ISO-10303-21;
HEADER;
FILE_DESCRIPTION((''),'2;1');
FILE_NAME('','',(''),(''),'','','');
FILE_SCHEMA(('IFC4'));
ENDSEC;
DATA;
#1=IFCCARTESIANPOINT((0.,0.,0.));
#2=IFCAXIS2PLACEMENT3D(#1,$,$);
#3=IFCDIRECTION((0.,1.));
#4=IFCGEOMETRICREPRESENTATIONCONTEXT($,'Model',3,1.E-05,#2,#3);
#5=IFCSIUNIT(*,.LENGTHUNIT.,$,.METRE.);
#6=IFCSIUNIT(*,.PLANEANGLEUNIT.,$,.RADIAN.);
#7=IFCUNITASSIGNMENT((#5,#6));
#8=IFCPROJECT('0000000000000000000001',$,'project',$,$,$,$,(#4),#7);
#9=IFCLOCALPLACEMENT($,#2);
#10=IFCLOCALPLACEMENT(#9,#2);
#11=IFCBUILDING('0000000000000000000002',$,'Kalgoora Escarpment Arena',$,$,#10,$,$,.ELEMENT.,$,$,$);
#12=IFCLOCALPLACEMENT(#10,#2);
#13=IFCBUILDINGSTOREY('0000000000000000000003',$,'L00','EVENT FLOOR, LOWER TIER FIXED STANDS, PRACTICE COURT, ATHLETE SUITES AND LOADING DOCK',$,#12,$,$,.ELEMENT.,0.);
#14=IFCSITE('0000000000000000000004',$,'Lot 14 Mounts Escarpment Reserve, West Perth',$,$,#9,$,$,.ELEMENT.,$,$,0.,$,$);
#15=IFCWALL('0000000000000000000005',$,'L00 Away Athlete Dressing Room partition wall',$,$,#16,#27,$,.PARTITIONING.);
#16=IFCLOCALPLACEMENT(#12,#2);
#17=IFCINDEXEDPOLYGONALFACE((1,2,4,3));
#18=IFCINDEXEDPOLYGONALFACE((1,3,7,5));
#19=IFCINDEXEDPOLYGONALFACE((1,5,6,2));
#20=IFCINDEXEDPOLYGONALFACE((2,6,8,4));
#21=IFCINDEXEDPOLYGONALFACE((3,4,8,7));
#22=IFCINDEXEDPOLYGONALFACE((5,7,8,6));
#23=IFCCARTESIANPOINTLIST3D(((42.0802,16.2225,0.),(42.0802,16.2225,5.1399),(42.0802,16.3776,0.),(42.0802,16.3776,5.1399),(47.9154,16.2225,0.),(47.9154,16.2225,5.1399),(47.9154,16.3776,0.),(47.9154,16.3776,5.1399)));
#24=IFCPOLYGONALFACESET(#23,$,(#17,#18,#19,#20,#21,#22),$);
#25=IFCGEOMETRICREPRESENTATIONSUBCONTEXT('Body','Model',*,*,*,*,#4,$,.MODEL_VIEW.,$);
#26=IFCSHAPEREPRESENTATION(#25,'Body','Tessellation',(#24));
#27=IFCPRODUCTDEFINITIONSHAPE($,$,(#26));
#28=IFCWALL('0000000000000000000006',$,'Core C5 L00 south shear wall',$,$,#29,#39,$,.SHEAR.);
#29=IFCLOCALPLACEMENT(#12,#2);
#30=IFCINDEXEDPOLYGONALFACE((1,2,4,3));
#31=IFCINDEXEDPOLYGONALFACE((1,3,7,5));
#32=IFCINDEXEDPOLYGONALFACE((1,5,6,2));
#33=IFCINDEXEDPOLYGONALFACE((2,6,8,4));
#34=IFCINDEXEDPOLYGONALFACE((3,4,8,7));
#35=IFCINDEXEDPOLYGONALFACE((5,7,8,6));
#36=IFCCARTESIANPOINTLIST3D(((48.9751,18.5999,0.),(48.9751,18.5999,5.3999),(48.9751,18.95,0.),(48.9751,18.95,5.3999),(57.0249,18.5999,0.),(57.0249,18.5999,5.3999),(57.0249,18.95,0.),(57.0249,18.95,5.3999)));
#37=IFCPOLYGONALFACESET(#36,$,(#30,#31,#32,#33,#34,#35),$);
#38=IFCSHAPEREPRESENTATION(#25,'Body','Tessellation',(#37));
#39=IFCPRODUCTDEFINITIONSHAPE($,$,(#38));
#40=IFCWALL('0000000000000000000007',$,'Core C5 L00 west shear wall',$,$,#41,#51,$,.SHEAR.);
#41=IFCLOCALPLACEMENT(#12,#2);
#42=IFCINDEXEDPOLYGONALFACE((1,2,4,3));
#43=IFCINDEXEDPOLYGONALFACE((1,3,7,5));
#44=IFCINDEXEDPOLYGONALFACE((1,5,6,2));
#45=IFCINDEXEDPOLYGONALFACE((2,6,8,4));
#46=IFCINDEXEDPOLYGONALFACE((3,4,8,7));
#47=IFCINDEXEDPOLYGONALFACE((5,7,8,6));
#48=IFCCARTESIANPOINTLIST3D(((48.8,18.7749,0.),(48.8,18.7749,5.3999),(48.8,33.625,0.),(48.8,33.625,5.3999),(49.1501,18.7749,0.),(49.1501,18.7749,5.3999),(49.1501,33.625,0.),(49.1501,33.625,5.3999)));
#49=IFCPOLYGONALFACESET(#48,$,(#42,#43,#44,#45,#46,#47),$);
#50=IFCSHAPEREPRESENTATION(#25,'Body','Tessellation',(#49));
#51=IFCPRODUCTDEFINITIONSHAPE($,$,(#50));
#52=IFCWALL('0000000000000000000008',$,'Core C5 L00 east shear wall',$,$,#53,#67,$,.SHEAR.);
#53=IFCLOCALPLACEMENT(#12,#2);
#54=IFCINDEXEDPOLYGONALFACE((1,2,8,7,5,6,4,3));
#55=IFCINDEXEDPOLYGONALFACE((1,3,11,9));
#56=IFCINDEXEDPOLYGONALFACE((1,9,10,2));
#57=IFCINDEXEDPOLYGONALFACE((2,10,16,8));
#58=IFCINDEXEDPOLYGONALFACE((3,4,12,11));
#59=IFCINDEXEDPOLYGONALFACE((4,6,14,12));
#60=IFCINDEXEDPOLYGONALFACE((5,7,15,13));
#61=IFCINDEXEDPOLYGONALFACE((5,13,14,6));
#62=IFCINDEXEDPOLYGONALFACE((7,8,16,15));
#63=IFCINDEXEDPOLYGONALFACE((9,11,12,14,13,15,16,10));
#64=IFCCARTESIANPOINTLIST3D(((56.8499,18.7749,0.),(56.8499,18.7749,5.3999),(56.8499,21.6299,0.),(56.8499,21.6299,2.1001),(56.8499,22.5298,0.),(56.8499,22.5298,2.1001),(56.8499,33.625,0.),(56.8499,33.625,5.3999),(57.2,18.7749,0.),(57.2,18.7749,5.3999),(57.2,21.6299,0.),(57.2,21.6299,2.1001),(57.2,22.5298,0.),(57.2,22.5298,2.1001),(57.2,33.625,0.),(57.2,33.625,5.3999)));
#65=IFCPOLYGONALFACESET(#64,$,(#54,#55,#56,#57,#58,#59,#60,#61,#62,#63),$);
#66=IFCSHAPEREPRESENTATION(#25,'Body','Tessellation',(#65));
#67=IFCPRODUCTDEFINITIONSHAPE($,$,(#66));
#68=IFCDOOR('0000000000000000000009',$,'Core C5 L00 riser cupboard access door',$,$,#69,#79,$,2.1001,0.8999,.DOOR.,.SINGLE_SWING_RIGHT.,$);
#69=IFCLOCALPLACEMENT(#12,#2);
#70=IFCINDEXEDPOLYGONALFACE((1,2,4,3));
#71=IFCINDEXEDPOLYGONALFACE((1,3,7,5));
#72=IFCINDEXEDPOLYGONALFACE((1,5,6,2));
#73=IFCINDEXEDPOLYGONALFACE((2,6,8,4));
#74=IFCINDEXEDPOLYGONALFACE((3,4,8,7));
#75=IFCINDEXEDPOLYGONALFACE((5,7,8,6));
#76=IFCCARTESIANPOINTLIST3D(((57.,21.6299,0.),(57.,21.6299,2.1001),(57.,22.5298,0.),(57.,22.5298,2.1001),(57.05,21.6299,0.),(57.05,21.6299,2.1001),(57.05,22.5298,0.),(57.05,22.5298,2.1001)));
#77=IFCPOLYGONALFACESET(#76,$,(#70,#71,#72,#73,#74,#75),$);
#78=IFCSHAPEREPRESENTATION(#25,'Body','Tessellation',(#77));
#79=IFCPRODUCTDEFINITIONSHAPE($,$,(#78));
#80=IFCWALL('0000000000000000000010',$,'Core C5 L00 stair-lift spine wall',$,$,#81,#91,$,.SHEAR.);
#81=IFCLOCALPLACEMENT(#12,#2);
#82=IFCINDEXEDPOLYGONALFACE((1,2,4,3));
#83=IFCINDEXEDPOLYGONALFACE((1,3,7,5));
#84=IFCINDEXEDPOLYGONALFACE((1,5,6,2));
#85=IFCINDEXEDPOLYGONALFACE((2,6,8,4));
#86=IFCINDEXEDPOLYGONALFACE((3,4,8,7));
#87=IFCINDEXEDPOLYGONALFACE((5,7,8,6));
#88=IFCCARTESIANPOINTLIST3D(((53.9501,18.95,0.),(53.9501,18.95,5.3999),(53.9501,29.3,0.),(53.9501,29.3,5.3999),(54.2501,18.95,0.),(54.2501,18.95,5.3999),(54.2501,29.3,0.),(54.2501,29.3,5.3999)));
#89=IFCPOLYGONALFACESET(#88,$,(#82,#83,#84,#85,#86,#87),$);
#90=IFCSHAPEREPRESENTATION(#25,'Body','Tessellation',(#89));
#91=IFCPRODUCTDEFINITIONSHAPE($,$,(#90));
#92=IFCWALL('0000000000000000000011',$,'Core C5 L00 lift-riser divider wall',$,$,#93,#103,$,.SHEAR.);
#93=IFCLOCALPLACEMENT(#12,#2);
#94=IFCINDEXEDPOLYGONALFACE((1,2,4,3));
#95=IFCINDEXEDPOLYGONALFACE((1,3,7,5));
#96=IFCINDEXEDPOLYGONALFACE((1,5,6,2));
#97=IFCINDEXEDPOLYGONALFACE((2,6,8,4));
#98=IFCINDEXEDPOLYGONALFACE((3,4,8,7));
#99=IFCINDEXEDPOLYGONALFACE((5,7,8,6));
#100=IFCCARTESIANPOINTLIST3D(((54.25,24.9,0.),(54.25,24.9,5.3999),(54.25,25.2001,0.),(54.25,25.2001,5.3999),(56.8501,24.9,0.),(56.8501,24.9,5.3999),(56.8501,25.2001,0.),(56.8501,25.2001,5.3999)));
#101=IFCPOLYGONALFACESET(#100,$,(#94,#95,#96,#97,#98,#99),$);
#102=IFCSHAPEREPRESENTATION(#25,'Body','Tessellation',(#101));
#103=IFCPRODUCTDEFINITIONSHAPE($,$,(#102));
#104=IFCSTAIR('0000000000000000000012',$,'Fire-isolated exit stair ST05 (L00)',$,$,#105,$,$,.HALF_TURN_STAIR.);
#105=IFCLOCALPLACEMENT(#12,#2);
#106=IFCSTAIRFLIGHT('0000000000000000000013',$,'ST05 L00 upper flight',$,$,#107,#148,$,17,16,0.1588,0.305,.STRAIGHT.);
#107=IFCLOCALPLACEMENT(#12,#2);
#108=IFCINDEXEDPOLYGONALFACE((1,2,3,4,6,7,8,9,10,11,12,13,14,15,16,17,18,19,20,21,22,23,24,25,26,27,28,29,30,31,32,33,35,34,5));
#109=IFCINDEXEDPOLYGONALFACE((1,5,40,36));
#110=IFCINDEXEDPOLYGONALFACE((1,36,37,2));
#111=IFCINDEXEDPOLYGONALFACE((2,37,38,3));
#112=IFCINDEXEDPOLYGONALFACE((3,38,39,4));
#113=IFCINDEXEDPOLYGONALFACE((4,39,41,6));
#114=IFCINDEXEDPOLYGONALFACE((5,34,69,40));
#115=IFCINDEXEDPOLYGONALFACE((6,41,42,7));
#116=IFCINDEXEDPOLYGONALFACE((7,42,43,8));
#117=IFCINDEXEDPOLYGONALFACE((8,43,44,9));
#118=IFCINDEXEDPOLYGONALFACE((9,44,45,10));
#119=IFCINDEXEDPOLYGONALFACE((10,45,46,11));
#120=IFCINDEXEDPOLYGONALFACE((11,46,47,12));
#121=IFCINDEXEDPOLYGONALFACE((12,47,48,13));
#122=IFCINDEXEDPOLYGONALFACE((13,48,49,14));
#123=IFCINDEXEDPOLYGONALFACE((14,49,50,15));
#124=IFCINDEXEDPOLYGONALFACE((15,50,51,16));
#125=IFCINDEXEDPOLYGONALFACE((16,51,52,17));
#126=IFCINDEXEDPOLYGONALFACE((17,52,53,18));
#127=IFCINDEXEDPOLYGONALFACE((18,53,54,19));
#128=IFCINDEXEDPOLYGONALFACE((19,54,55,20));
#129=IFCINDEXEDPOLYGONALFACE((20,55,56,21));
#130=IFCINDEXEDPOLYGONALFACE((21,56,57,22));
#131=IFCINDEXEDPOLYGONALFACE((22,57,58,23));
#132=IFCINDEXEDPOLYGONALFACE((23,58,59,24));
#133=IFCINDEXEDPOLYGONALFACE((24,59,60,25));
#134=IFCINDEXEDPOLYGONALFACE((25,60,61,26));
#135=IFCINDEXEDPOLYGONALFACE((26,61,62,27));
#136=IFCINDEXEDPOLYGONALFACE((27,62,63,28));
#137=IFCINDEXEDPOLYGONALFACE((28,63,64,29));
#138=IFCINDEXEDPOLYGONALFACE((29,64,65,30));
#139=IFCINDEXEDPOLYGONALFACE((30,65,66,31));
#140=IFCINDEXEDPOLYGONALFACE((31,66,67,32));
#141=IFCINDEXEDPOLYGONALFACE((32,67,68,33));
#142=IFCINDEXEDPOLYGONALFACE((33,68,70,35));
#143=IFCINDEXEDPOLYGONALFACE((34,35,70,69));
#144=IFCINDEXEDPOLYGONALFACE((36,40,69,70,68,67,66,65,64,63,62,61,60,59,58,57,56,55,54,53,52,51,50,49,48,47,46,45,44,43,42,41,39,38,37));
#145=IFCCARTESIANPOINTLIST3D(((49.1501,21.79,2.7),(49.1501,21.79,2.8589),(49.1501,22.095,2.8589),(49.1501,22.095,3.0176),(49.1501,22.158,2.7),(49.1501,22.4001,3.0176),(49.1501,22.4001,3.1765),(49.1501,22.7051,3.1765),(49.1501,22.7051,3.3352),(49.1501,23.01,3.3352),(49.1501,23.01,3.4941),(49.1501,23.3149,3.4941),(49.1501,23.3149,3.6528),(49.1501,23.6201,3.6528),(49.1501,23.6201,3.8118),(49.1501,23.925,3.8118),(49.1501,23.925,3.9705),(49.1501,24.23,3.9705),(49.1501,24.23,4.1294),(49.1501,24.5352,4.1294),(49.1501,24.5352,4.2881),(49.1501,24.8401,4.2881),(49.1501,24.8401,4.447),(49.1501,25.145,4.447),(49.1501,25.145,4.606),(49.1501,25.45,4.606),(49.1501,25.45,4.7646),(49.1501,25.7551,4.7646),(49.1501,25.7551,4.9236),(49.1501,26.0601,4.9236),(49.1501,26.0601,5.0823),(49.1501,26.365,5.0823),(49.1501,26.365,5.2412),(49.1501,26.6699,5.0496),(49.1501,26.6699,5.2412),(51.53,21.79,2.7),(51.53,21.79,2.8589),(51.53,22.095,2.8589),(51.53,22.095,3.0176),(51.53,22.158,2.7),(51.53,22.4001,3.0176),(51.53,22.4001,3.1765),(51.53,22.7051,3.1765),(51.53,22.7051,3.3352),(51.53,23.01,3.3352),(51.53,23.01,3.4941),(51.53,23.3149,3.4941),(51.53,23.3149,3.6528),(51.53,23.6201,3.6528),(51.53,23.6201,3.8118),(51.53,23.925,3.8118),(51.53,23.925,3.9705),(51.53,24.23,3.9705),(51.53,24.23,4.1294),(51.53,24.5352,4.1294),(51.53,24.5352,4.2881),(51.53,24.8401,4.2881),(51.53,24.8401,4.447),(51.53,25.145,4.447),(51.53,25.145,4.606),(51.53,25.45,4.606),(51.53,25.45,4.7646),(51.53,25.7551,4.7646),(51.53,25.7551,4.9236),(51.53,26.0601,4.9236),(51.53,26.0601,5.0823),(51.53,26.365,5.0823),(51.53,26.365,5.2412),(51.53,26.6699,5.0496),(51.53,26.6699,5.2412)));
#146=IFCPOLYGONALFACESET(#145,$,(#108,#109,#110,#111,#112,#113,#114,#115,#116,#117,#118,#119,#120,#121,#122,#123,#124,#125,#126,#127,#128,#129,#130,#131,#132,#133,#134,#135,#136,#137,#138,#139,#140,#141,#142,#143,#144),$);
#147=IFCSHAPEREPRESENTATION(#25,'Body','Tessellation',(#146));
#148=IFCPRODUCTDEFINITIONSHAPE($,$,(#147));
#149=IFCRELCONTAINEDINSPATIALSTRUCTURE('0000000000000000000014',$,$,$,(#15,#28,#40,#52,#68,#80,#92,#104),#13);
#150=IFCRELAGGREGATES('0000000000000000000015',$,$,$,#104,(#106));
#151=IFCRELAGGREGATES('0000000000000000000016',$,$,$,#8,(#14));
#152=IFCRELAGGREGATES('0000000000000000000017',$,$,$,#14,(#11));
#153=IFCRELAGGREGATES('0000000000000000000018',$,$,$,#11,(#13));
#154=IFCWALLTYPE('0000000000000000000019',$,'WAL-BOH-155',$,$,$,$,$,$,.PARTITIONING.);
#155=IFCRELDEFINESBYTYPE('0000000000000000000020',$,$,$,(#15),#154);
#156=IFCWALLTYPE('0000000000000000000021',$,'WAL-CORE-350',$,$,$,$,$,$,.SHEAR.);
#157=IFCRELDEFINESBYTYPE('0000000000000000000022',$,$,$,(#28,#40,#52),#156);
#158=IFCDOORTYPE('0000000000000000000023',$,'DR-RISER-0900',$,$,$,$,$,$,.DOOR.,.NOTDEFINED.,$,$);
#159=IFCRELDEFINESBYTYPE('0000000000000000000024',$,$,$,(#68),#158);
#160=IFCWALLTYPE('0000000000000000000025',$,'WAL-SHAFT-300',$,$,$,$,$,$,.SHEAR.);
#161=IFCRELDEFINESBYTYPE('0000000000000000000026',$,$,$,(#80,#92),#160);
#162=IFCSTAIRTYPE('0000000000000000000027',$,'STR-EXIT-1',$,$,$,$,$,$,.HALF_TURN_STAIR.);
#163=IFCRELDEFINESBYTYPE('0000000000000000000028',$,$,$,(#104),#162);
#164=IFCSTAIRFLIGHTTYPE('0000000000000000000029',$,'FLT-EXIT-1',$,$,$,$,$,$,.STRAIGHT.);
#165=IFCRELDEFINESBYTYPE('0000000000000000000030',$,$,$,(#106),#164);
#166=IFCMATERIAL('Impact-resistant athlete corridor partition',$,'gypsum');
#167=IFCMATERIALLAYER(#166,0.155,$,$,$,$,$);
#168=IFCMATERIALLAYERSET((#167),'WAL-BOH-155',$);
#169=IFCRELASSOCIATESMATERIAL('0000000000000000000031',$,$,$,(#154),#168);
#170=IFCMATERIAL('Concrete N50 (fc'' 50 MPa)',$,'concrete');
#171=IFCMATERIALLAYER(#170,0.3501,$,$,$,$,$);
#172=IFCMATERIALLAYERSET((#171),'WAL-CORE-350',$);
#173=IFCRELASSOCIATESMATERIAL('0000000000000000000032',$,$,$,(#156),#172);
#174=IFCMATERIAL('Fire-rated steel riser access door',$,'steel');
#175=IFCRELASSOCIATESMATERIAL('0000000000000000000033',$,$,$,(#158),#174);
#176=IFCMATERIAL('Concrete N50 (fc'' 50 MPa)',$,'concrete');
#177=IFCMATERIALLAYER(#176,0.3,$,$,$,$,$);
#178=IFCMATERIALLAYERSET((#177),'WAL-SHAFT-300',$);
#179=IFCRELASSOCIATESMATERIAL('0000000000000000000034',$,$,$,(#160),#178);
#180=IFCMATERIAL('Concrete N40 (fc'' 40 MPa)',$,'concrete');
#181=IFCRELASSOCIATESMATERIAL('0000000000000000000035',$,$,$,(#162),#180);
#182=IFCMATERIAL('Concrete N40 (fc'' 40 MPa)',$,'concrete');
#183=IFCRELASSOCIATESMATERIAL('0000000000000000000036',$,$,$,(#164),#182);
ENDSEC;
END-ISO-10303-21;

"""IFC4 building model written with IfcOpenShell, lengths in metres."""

from ifc_helpers import new_model, si_unit, direction, frame, frame_2d, origin, place, context, subcontext, project, spatial, polyline, rectangle, outline, extrude, material, layer, layer_set, type_object, element, fill, aggregate, save


model = new_model("IFC4")

# Units and contexts
model_context = context("Model", 3, precision=1e-05, world=origin(), true_north=direction((0.0, 1.0)))
body_context = subcontext(model_context, "Body", "Model", "MODEL_VIEW")
ifc_project = project(units=[si_unit("LENGTHUNIT", "METRE"), si_unit("PLANEANGLEUNIT", "RADIAN")], contexts=[model_context])

# Site, building, storey
site_placement = place(None, origin())
site = spatial("IfcSite", under=ifc_project, at=site_placement, Name="Lot 14 Mounts Escarpment Reserve, West Perth", CompositionType="ELEMENT", RefElevation=0.0)
building_placement = place(site_placement, origin())
building = spatial("IfcBuilding", under=site, at=building_placement, Name="Kalgoora Escarpment Arena", CompositionType="ELEMENT")
storey_placement = place(building_placement, origin())
storey = spatial("IfcBuildingStorey", under=building, at=storey_placement, Name="L00", Description="EVENT FLOOR, LOWER TIER FIXED STANDS, PRACTICE COURT, ATHLETE SUITES AND LOADING DOCK", CompositionType="ELEMENT", Elevation=0.0)

# Walls
ifc_material_1 = material(Name="Impact-resistant athlete corridor partition", Category="gypsum")
ifc_layer_1 = layer(ifc_material_1, 0.155)
ifc_layer_set_1 = layer_set([ifc_layer_1], Name="WAL-BOH-155")
wall_type_1 = type_object("IfcWallType", Name="WAL-BOH-155", PredefinedType="PARTITIONING", material=ifc_layer_set_1)
wall_1_placement = place(storey_placement, frame((47.9153, 16.3, 0.0), z_axis=(0.0, 0.0, 1.0), x_axis=(-1.0, 0.0, 0.0)))
element("IfcWall", 1, at=wall_1_placement, inside=storey, type_object=wall_type_1, Name="L00 Away Athlete Dressing Room partition wall", PredefinedType="PARTITIONING", context=body_context, shape_type="SweptSolid", body=[
    extrude(rectangle(XDim=5.8352, YDim=0.155, at=frame_2d((2.9175, 0.0))), origin(), (0.0, 0.0, 1.0), 5.1399),
])
ifc_material_2 = material(Name="Concrete N50 (fc' 50 MPa)", Category="concrete")
ifc_layer_2 = layer(ifc_material_2, 0.3501)
ifc_layer_set_2 = layer_set([ifc_layer_2], Name="WAL-CORE-350")
wall_type_2 = type_object("IfcWallType", Name="WAL-CORE-350", PredefinedType="SHEAR", material=ifc_layer_set_2)
wall_2_placement = place(storey_placement, frame((48.9751, 18.7749, 0.0), z_axis=(0.0, 0.0, 1.0), x_axis=(1.0, 0.0, 0.0)))
element("IfcWall", 2, at=wall_2_placement, inside=storey, type_object=wall_type_2, Name="Core C5 L00 south shear wall", PredefinedType="SHEAR", context=body_context, shape_type="SweptSolid", body=[
    extrude(rectangle(XDim=8.0498, YDim=0.3501, at=frame_2d((4.0249, 0.0))), origin(), (0.0, 0.0, 1.0), 5.3999),
])
wall_3_placement = place(storey_placement, frame((48.9751, 18.7749, 0.0), z_axis=(0.0, 0.0, 1.0), x_axis=(0.0, 1.0, 0.0)))
element("IfcWall", 3, at=wall_3_placement, inside=storey, type_object=wall_type_2, Name="Core C5 L00 west shear wall", PredefinedType="SHEAR", context=body_context, shape_type="SweptSolid", body=[
    extrude(rectangle(XDim=14.8501, YDim=0.3501, at=frame_2d((7.425, 0.0))), origin(), (0.0, 0.0, 1.0), 5.3999),
])

# Wall, opening, door
wall_4_placement = place(storey_placement, frame((57.0249, 18.7749, 0.0), z_axis=(0.0, 0.0, 1.0), x_axis=(0.0, 1.0, 0.0)))
wall_4 = element("IfcWall", 4, at=wall_4_placement, inside=storey, type_object=wall_type_2, Name="Core C5 L00 east shear wall", PredefinedType="SHEAR", context=body_context, shape_type="SweptSolid", body=[
    extrude(rectangle(XDim=14.8501, YDim=0.3501, at=frame_2d((7.425, 0.0))), origin(), (0.0, 0.0, 1.0), 5.3999),
])
opening_placement = place(wall_4_placement, frame((2.855, 0.0, 0.0)))
opening = element("IfcOpeningElement", 5, at=opening_placement, cuts=wall_4, PredefinedType="OPENING", context=body_context, shape_type="SweptSolid", body=[
    extrude(rectangle(XDim=0.8999, YDim=2.1001, at=frame_2d((0.45, 1.05))), frame((0.0, 0.1851, 0.0), z_axis=(0.0, -1.0, 0.0), x_axis=(1.0, 0.0, 0.0)), (0.0, 0.0, 1.0), 0.3701),
])
ifc_material_3 = material(Name="Fire-rated steel riser access door", Category="steel")
door_type = type_object("IfcDoorType", Name="DR-RISER-0900", OperationType="NOTDEFINED", PredefinedType="DOOR", material=ifc_material_3)
door_placement = place(opening_placement, origin())
door = element("IfcDoor", 6, at=door_placement, inside=storey, type_object=door_type, Name="Core C5 L00 riser cupboard access door", OperationType="SINGLE_SWING_RIGHT", OverallHeight=2.1001, OverallWidth=0.8999, PredefinedType="DOOR", context=body_context, shape_type="SweptSolid", body=[
    extrude(rectangle(XDim=0.8999, YDim=2.1001, at=frame_2d((0.45, 1.05))), frame((0.0, 0.0249, 0.0), z_axis=(0.0, -1.0, 0.0), x_axis=(1.0, 0.0, 0.0)), (0.0, 0.0, 1.0), 0.05),
])
fill(opening, door)

# Walls
ifc_material_4 = material(Name="Concrete N50 (fc' 50 MPa)", Category="concrete")
ifc_layer_3 = layer(ifc_material_4, 0.3)
ifc_layer_set_3 = layer_set([ifc_layer_3], Name="WAL-SHAFT-300")
wall_type_3 = type_object("IfcWallType", Name="WAL-SHAFT-300", PredefinedType="SHEAR", material=ifc_layer_set_3)
wall_5_placement = place(storey_placement, frame((54.1001, 18.95, 0.0), z_axis=(0.0, 0.0, 1.0), x_axis=(0.0, 1.0, 0.0)))
element("IfcWall", 7, at=wall_5_placement, inside=storey, type_object=wall_type_3, Name="Core C5 L00 stair-lift spine wall", PredefinedType="SHEAR", context=body_context, shape_type="SweptSolid", body=[
    extrude(rectangle(XDim=10.3501, YDim=0.3, at=frame_2d((5.175, 0.0))), origin(), (0.0, 0.0, 1.0), 5.3999),
])
wall_6_placement = place(storey_placement, frame((54.25, 25.05, 0.0), z_axis=(0.0, 0.0, 1.0), x_axis=(1.0, 0.0, 0.0)))
element("IfcWall", 8, at=wall_6_placement, inside=storey, type_object=wall_type_3, Name="Core C5 L00 lift-riser divider wall", PredefinedType="SHEAR", context=body_context, shape_type="SweptSolid", body=[
    extrude(rectangle(XDim=2.6001, YDim=0.3, at=frame_2d((1.3, 0.0))), origin(), (0.0, 0.0, 1.0), 5.3999),
])

# Stair, stair flight
ifc_material_5 = material(Name="Concrete N40 (fc' 40 MPa)", Category="concrete")
stair_type = type_object("IfcStairType", Name="STR-EXIT-1", PredefinedType="HALF_TURN_STAIR", material=ifc_material_5)
stair_placement = place(storey_placement, origin())
stair = element("IfcStair", 9, at=stair_placement, inside=storey, type_object=stair_type, Name="Fire-isolated exit stair ST05 (L00)", PredefinedType="HALF_TURN_STAIR")
ifc_material_6 = material(Name="Concrete N40 (fc' 40 MPa)", Category="concrete")
stair_flight_type = type_object("IfcStairFlightType", Name="FLT-EXIT-1", PredefinedType="STRAIGHT", material=ifc_material_6)
stair_flight_placement = place(storey_placement, frame((50.3401, 21.79, 2.7), z_axis=(0.0, 0.0, 1.0), x_axis=(0.0, 1.0, 0.0)))
stair_flight = element("IfcStairFlight", 10, at=stair_flight_placement, type_object=stair_flight_type, Name="ST05 L00 upper flight", NumberOfRisers=17, NumberOfTreads=16, PredefinedType="STRAIGHT", RiserHeight=0.1588, TreadLength=0.305, context=body_context, shape_type="SweptSolid", body=[
    extrude(outline(polyline([(0.0, 0.0), (0.0, 0.1589), (0.3049, 0.1589), (0.3049, 0.3176), (0.6101, 0.3176), (0.6101, 0.4766), (0.915, 0.4766), (0.915, 0.6353), (1.22, 0.6353), (1.22, 0.7942), (1.5249, 0.7942), (1.5249, 0.9529), (1.8301, 0.9529), (1.8301, 1.1118), (2.135, 1.1118), (2.135, 1.2705), (2.4399, 1.2705), (2.4399, 1.4294), (2.7451, 1.4294), (2.7451, 1.5881), (3.05, 1.5881), (3.05, 1.7471), (3.355, 1.7471), (3.355, 1.906), (3.6599, 1.906), (3.6599, 2.0647), (3.9651, 2.0647), (3.9651, 2.2236), (4.27, 2.2236), (4.27, 2.3823), (4.575, 2.3823), (4.575, 2.5413), (4.8799, 2.5413), (4.8799, 2.7), (4.8799, 2.3496), (0.3679, 0.0), (0.0, 0.0)])), frame((0.0, 1.1899, 0.0), z_axis=(0.0, -1.0, 0.0), x_axis=(1.0, 0.0, 0.0)), (0.0, 0.0, 1.0), 2.3799),
])
aggregate(stair, [stair_flight])

save(model, "model.ifc")
